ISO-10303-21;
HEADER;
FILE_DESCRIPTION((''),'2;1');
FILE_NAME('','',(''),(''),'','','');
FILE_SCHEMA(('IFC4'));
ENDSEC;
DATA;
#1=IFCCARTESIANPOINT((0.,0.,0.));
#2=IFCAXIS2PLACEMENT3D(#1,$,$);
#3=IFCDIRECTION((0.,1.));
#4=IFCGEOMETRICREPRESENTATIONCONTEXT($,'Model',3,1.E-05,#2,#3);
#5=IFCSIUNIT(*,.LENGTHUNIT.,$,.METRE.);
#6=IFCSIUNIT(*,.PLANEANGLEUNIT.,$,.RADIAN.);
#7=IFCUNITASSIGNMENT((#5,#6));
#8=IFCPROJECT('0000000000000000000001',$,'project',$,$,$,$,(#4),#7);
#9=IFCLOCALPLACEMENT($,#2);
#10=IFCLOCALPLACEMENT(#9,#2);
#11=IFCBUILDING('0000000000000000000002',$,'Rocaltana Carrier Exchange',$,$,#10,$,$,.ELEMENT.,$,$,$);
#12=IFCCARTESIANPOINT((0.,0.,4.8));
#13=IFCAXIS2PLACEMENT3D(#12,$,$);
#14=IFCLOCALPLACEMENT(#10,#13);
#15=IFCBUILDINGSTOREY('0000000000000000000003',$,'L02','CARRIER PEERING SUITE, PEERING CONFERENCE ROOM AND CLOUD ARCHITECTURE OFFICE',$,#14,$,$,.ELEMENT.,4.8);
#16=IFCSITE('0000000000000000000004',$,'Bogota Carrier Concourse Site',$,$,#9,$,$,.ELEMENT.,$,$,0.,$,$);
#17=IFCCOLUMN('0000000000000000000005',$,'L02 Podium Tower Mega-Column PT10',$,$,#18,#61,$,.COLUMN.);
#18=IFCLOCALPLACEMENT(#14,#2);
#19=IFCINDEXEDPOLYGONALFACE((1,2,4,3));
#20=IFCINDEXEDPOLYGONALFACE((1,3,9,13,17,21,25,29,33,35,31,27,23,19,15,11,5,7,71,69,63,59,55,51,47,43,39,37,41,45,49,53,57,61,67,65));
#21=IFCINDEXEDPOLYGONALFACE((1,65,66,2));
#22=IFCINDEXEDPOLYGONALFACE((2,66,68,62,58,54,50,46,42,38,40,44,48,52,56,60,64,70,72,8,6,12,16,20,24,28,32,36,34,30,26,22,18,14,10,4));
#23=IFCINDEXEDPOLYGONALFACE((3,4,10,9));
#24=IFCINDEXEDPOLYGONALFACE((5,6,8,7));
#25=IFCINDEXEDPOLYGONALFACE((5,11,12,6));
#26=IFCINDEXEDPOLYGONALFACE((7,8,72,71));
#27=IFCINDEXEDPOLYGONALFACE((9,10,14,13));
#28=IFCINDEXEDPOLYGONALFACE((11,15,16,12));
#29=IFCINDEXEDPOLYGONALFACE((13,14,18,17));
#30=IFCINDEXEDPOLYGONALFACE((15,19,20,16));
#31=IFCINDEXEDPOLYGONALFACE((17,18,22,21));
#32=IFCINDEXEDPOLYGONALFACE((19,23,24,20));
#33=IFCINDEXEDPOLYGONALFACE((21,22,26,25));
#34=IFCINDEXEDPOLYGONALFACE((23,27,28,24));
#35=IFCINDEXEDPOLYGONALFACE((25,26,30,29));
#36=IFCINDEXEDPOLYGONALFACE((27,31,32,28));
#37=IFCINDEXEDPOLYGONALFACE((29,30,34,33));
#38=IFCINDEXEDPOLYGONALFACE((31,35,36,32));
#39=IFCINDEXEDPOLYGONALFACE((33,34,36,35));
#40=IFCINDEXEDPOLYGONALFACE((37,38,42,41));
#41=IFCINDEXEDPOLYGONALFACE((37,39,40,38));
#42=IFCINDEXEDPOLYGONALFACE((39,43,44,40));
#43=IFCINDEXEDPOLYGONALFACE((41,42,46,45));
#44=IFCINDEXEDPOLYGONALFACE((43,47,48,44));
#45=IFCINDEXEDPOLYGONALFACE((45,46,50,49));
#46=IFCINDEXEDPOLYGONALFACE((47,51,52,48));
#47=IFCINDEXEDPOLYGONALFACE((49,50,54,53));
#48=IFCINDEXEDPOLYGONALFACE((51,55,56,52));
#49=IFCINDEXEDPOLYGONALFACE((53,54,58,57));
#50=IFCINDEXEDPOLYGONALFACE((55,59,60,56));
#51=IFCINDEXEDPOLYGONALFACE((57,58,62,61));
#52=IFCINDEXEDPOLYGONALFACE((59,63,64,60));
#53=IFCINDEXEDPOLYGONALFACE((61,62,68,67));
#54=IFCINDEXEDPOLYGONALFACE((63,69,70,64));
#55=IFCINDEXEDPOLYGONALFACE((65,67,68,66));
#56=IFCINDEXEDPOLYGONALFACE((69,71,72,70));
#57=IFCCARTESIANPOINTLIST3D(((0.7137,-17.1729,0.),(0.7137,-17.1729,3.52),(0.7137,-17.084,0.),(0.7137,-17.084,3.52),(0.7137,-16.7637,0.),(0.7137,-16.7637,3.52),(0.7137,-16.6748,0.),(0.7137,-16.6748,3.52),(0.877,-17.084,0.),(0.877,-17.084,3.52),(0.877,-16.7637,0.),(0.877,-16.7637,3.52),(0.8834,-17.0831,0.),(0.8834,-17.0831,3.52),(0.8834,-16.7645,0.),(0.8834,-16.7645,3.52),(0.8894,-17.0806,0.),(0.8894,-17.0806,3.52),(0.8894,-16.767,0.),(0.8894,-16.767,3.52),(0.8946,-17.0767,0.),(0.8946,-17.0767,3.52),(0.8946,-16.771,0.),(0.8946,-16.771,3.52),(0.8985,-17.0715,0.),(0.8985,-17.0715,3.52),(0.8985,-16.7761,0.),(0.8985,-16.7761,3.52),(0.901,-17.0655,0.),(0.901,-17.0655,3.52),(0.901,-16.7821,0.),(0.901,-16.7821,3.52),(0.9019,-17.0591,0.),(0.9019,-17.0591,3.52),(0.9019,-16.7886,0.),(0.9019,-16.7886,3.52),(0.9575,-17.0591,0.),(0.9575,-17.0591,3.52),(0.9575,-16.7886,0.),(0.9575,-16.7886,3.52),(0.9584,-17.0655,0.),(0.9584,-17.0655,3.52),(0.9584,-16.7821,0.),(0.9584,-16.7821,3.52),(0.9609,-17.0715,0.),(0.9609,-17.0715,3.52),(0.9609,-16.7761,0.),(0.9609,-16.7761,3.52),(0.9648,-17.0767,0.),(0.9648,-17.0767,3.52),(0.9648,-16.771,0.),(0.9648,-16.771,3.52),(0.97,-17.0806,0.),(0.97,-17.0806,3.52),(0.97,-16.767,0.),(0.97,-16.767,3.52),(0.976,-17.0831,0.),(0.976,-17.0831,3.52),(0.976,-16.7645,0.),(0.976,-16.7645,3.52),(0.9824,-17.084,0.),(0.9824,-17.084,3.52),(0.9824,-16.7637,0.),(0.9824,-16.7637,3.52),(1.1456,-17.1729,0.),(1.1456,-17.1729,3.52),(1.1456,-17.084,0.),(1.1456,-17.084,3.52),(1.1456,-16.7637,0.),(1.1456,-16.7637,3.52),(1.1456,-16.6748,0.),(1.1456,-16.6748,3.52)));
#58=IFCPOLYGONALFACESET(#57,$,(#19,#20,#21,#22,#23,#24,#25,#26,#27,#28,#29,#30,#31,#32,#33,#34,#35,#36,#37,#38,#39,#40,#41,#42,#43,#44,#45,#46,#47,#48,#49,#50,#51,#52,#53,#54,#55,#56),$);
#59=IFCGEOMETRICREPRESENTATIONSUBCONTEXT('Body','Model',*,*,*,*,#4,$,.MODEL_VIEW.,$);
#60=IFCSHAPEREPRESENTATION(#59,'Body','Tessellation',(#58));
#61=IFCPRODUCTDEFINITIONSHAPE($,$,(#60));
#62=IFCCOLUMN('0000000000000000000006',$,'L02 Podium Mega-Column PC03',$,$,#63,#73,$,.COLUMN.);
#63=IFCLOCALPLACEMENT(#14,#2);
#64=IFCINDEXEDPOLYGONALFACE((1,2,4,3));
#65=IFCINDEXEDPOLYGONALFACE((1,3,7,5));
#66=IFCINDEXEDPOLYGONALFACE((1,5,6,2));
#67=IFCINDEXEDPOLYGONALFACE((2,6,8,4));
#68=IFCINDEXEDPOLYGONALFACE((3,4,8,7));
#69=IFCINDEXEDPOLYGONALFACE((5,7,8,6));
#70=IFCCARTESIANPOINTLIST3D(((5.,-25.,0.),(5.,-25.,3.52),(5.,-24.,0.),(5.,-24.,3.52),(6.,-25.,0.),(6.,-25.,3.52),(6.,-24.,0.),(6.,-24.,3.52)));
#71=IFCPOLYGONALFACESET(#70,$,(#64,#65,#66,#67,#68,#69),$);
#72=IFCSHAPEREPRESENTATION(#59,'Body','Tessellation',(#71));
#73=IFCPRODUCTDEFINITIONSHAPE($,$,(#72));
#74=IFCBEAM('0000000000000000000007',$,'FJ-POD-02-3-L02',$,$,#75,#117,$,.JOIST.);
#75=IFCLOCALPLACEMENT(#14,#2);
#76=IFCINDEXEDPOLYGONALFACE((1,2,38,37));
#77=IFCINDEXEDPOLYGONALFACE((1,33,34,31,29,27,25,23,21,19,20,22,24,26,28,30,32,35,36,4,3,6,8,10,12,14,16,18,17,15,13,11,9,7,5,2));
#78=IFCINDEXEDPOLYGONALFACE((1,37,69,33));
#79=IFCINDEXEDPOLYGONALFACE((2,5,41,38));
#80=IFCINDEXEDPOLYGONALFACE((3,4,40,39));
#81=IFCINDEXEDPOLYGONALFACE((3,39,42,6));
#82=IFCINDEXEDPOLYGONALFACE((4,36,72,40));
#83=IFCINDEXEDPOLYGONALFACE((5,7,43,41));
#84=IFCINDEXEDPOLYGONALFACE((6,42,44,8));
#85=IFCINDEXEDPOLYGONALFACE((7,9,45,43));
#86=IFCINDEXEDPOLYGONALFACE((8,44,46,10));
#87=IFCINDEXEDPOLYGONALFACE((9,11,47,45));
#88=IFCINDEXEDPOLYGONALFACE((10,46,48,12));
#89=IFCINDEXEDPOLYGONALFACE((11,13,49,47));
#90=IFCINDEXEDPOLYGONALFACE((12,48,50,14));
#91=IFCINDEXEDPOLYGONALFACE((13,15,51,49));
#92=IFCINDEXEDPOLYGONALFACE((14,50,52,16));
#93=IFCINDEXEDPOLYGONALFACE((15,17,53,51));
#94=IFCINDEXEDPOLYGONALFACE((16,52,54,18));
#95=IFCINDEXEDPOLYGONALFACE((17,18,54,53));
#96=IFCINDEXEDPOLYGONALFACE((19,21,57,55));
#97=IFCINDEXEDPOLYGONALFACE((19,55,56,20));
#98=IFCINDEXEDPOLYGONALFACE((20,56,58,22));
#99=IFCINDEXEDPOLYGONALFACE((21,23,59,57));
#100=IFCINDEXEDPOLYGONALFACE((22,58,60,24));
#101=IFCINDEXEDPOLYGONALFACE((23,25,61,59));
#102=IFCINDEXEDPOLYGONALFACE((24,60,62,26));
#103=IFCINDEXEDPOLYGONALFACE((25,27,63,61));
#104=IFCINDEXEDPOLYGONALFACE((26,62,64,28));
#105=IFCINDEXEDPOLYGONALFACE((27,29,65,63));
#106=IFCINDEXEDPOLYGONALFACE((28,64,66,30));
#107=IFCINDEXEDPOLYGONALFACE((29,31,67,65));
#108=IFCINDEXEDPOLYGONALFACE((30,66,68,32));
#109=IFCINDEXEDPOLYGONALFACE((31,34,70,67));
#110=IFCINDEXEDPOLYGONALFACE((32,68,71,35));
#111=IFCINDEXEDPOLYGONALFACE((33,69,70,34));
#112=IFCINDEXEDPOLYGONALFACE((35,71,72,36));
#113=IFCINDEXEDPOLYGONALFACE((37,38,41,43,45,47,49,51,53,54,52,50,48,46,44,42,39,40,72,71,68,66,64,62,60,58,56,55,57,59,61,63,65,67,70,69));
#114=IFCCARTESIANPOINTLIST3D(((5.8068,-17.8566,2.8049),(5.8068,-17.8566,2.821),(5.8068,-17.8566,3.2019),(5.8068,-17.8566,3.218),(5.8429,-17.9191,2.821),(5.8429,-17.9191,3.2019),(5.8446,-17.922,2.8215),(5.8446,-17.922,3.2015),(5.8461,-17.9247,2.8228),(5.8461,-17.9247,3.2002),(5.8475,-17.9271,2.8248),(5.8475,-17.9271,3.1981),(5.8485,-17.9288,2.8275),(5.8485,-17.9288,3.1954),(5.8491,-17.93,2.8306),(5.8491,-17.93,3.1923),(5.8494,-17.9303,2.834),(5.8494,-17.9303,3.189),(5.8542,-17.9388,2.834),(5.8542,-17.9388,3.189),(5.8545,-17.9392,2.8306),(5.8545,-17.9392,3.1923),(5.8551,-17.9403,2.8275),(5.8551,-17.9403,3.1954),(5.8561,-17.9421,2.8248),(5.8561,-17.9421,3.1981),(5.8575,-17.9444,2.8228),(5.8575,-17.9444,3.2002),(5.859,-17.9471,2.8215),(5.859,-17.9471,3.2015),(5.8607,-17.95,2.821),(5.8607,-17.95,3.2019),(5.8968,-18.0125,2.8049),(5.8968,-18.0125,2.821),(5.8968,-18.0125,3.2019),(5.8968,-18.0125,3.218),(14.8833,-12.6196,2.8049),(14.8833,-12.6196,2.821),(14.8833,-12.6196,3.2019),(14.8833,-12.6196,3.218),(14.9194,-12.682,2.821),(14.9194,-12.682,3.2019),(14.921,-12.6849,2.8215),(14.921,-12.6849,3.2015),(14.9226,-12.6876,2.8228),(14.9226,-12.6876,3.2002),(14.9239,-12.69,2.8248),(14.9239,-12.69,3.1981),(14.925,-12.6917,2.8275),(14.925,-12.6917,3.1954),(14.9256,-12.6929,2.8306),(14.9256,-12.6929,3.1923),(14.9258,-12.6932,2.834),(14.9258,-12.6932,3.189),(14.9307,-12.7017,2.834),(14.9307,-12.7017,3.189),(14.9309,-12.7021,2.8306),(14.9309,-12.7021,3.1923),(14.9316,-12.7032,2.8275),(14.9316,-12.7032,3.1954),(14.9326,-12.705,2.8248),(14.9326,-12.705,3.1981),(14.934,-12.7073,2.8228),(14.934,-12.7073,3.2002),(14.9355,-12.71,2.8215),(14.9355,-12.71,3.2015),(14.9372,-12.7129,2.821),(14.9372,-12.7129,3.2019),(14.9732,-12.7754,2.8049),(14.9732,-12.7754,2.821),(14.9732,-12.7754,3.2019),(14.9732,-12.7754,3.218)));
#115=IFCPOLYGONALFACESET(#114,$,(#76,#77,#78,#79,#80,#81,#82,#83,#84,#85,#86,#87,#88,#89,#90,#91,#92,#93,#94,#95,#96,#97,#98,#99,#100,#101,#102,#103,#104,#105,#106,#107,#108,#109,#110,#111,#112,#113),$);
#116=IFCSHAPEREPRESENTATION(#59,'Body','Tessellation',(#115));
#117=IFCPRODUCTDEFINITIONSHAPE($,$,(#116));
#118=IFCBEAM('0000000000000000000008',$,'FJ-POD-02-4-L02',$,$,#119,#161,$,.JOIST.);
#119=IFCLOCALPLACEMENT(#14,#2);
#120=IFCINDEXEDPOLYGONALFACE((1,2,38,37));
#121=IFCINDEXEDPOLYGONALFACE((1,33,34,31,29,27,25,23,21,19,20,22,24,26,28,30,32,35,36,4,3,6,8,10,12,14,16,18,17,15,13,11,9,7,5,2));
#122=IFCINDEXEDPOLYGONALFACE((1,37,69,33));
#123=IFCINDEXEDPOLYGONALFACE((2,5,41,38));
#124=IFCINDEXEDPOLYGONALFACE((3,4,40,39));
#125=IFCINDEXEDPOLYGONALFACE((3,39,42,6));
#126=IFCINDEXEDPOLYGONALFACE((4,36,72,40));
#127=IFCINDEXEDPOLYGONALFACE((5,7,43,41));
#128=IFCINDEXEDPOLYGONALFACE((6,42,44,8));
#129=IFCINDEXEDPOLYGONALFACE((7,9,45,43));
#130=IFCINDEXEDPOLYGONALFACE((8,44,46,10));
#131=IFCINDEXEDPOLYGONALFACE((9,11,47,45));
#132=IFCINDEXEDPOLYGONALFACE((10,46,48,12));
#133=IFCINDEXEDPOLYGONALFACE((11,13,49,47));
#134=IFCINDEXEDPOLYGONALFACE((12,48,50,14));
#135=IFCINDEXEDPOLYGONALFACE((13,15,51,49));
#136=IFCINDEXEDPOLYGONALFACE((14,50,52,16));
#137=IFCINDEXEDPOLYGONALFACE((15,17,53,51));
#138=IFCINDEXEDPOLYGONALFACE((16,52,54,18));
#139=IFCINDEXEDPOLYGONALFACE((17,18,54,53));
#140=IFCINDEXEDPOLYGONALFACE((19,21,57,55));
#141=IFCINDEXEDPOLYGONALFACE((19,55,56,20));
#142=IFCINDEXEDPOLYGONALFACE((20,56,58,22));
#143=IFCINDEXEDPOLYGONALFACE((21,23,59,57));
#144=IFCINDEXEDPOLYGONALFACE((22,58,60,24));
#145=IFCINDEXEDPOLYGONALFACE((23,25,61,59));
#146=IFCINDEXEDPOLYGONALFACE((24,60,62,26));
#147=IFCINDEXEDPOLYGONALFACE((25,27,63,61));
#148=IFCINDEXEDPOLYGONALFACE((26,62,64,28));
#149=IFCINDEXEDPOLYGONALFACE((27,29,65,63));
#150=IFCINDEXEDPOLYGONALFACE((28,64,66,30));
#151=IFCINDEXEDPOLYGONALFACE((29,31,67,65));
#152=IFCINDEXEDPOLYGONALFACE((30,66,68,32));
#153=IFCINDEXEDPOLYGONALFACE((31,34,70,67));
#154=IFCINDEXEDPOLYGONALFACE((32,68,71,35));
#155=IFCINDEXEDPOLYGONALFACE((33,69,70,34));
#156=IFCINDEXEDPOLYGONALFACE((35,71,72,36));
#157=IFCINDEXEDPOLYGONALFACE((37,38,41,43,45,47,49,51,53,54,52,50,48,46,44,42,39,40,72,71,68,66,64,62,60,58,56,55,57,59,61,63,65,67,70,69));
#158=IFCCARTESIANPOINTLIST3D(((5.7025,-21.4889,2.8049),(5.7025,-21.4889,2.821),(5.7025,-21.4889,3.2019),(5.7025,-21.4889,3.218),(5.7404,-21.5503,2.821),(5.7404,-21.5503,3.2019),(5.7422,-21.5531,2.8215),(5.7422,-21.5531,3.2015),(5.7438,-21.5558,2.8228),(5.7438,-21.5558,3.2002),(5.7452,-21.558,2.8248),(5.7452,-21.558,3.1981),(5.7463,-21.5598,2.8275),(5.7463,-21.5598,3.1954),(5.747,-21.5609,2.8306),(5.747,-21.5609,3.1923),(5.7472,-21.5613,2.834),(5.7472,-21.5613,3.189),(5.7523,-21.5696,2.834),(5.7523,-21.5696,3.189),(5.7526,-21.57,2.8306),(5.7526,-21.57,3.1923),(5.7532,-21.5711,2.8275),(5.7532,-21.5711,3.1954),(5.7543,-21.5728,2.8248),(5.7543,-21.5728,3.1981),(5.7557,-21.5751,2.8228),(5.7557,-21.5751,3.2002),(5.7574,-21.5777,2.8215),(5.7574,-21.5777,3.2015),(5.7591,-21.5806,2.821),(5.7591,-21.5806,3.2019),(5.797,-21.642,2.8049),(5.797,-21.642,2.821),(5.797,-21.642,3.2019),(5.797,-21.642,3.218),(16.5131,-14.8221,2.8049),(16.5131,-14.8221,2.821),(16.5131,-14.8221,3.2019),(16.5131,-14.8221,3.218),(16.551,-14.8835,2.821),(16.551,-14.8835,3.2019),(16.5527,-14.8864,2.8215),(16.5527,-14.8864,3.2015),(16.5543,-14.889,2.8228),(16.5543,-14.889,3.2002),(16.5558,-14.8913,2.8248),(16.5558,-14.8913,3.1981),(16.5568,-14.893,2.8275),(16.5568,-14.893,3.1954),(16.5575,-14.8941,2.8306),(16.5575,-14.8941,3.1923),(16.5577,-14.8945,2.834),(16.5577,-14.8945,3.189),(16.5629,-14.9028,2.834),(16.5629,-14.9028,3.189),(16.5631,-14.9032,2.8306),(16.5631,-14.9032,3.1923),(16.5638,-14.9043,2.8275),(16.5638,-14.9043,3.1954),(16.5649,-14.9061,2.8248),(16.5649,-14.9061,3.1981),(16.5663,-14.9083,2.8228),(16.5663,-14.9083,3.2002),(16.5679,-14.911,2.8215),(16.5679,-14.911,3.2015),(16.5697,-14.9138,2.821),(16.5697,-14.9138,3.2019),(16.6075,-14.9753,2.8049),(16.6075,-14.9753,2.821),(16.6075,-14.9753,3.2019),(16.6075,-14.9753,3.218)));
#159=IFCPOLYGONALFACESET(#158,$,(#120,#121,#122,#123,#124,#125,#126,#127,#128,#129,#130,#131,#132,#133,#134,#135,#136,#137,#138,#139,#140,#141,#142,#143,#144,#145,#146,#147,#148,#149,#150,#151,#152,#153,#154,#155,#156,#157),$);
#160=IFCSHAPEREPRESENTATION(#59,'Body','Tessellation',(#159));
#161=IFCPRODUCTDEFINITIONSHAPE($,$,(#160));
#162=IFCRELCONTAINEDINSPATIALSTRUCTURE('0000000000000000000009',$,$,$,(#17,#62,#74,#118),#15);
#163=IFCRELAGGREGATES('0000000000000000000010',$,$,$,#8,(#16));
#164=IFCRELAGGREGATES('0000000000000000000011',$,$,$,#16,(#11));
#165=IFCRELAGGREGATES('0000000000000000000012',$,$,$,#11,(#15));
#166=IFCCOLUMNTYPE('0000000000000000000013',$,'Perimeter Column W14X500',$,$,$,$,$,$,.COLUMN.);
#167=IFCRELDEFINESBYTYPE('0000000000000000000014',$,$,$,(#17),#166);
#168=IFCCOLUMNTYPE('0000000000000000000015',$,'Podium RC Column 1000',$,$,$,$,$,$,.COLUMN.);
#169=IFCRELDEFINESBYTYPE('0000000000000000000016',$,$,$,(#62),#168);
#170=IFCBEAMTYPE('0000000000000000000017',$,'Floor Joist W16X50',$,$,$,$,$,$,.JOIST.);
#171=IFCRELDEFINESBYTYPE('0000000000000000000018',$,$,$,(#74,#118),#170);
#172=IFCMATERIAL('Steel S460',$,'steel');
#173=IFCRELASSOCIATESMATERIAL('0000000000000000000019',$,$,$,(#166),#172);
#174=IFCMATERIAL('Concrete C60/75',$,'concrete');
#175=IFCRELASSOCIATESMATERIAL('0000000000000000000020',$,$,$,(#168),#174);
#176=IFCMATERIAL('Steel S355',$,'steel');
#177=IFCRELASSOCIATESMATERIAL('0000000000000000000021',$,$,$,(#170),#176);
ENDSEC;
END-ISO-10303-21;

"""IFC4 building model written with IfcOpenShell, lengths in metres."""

from ifc_helpers import new_model, si_unit, direction, frame, origin, origin_2d, place, context, subcontext, project, spatial, rectangle, i_section, extrude, material, material_profile, profile_set, type_object, element, save


model = new_model("IFC4")

# Units and contexts
model_context = context("Model", 3, precision=1e-05, world=origin(), true_north=direction((0.0, 1.0)))
body_context = subcontext(model_context, "Body", "Model", "MODEL_VIEW")
ifc_project = project(units=[si_unit("LENGTHUNIT", "METRE"), si_unit("PLANEANGLEUNIT", "RADIAN")], contexts=[model_context])

# Site, building, storey
site_placement = place(None, origin())
site = spatial("IfcSite", under=ifc_project, at=site_placement, Name="Bogota Carrier Concourse Site", CompositionType="ELEMENT", RefElevation=0.0)
building_placement = place(site_placement, origin())
building = spatial("IfcBuilding", under=site, at=building_placement, Name="Rocaltana Carrier Exchange", CompositionType="ELEMENT")
storey_placement = place(building_placement, frame((0.0, 0.0, 4.8)))
storey = spatial("IfcBuildingStorey", under=building, at=storey_placement, Name="L02", Description="CARRIER PEERING SUITE, PEERING CONFERENCE ROOM AND CLOUD ARCHITECTURE OFFICE", CompositionType="ELEMENT", Elevation=4.8)

# Columns
ifc_material_1 = material(Name="Steel S460", Category="steel")
ifc_material_profile_1 = material_profile(ifc_material_1, i_section(OverallWidth=0.4319, OverallDepth=0.498, WebThickness=0.0557, FlangeThickness=0.0889, FilletRadius=0.0249, at=origin_2d()), Name="W14X500")
ifc_profile_set_1 = profile_set([ifc_material_profile_1], Name="Steel S460")
column_type_1 = type_object("IfcColumnType", Name="Perimeter Column W14X500", PredefinedType="COLUMN", material=ifc_profile_set_1)
column_1_placement = place(storey_placement, frame((0.9297, -16.9238, 0.0), z_axis=(0.0, 0.0, 1.0), x_axis=(1.0, 0.0, 0.0)))
element("IfcColumn", 1, at=column_1_placement, inside=storey, type_object=column_type_1, Name="L02 Podium Tower Mega-Column PT10", PredefinedType="COLUMN", context=body_context, shape_type="SweptSolid", body=[
    extrude(i_section(OverallWidth=0.4319, OverallDepth=0.498, WebThickness=0.0557, FlangeThickness=0.0889, FilletRadius=0.0249, at=origin_2d()), origin(), (0.0, 0.0, 1.0), 3.52),
])
ifc_material_2 = material(Name="Concrete C60/75", Category="concrete")
ifc_material_profile_2 = material_profile(ifc_material_2, rectangle(XDim=1.0, YDim=1.0, at=origin_2d()), Name="RC-COL-1000X1000")
ifc_profile_set_2 = profile_set([ifc_material_profile_2], Name="Concrete C60/75")
column_type_2 = type_object("IfcColumnType", Name="Podium RC Column 1000", PredefinedType="COLUMN", material=ifc_profile_set_2)
column_2_placement = place(storey_placement, frame((5.5, -24.5, 0.0), z_axis=(0.0, 0.0, 1.0), x_axis=(1.0, 0.0, 0.0)))
element("IfcColumn", 2, at=column_2_placement, inside=storey, type_object=column_type_2, Name="L02 Podium Mega-Column PC03", PredefinedType="COLUMN", context=body_context, shape_type="SweptSolid", body=[
    extrude(rectangle(XDim=1.0, YDim=1.0, at=origin_2d()), origin(), (0.0, 0.0, 1.0), 3.52),
])

# Beams
ifc_material_3 = material(Name="Steel S355", Category="steel")
ifc_material_profile_3 = material_profile(ifc_material_3, i_section(OverallWidth=0.1799, OverallDepth=0.4131, WebThickness=0.0098, FlangeThickness=0.0161, FilletRadius=0.0129, at=origin_2d()), Name="W16X50")
ifc_profile_set_3 = profile_set([ifc_material_profile_3], Name="Steel S355")
beam_type_1 = type_object("IfcBeamType", Name="Floor Joist W16X50", PredefinedType="JOIST", material=ifc_profile_set_3)
beam_1_placement = place(storey_placement, frame((5.8518, -17.9346, 3.0115), z_axis=(0.866158, 0.49977, 0.0), x_axis=(-0.49977, 0.866158, 0.0)))
element("IfcBeam", 3, at=beam_1_placement, inside=storey, type_object=beam_type_1, Name="FJ-POD-02-3-L02", PredefinedType="JOIST", context=body_context, shape_type="SweptSolid", body=[
    extrude(i_section(OverallWidth=0.1799, OverallDepth=0.4131, WebThickness=0.0098, FlangeThickness=0.0161, FilletRadius=0.0129, at=origin_2d()), origin(), (0.0, 0.0, 1.0), 10.479),
])
beam_2_placement = place(storey_placement, frame((5.7498, -21.5654, 3.0115), z_axis=(0.851162, 0.524903, 0.0), x_axis=(-0.524903, 0.851162, 0.0)))
element("IfcBeam", 4, at=beam_2_placement, inside=storey, type_object=beam_type_1, Name="FJ-POD-02-4-L02", PredefinedType="JOIST", context=body_context, shape_type="SweptSolid", body=[
    extrude(i_section(OverallWidth=0.1799, OverallDepth=0.4131, WebThickness=0.0098, FlangeThickness=0.0161, FilletRadius=0.0129, at=origin_2d()), origin(), (0.0, 0.0, 1.0), 12.7009),
])

save(model, "model.ifc")
